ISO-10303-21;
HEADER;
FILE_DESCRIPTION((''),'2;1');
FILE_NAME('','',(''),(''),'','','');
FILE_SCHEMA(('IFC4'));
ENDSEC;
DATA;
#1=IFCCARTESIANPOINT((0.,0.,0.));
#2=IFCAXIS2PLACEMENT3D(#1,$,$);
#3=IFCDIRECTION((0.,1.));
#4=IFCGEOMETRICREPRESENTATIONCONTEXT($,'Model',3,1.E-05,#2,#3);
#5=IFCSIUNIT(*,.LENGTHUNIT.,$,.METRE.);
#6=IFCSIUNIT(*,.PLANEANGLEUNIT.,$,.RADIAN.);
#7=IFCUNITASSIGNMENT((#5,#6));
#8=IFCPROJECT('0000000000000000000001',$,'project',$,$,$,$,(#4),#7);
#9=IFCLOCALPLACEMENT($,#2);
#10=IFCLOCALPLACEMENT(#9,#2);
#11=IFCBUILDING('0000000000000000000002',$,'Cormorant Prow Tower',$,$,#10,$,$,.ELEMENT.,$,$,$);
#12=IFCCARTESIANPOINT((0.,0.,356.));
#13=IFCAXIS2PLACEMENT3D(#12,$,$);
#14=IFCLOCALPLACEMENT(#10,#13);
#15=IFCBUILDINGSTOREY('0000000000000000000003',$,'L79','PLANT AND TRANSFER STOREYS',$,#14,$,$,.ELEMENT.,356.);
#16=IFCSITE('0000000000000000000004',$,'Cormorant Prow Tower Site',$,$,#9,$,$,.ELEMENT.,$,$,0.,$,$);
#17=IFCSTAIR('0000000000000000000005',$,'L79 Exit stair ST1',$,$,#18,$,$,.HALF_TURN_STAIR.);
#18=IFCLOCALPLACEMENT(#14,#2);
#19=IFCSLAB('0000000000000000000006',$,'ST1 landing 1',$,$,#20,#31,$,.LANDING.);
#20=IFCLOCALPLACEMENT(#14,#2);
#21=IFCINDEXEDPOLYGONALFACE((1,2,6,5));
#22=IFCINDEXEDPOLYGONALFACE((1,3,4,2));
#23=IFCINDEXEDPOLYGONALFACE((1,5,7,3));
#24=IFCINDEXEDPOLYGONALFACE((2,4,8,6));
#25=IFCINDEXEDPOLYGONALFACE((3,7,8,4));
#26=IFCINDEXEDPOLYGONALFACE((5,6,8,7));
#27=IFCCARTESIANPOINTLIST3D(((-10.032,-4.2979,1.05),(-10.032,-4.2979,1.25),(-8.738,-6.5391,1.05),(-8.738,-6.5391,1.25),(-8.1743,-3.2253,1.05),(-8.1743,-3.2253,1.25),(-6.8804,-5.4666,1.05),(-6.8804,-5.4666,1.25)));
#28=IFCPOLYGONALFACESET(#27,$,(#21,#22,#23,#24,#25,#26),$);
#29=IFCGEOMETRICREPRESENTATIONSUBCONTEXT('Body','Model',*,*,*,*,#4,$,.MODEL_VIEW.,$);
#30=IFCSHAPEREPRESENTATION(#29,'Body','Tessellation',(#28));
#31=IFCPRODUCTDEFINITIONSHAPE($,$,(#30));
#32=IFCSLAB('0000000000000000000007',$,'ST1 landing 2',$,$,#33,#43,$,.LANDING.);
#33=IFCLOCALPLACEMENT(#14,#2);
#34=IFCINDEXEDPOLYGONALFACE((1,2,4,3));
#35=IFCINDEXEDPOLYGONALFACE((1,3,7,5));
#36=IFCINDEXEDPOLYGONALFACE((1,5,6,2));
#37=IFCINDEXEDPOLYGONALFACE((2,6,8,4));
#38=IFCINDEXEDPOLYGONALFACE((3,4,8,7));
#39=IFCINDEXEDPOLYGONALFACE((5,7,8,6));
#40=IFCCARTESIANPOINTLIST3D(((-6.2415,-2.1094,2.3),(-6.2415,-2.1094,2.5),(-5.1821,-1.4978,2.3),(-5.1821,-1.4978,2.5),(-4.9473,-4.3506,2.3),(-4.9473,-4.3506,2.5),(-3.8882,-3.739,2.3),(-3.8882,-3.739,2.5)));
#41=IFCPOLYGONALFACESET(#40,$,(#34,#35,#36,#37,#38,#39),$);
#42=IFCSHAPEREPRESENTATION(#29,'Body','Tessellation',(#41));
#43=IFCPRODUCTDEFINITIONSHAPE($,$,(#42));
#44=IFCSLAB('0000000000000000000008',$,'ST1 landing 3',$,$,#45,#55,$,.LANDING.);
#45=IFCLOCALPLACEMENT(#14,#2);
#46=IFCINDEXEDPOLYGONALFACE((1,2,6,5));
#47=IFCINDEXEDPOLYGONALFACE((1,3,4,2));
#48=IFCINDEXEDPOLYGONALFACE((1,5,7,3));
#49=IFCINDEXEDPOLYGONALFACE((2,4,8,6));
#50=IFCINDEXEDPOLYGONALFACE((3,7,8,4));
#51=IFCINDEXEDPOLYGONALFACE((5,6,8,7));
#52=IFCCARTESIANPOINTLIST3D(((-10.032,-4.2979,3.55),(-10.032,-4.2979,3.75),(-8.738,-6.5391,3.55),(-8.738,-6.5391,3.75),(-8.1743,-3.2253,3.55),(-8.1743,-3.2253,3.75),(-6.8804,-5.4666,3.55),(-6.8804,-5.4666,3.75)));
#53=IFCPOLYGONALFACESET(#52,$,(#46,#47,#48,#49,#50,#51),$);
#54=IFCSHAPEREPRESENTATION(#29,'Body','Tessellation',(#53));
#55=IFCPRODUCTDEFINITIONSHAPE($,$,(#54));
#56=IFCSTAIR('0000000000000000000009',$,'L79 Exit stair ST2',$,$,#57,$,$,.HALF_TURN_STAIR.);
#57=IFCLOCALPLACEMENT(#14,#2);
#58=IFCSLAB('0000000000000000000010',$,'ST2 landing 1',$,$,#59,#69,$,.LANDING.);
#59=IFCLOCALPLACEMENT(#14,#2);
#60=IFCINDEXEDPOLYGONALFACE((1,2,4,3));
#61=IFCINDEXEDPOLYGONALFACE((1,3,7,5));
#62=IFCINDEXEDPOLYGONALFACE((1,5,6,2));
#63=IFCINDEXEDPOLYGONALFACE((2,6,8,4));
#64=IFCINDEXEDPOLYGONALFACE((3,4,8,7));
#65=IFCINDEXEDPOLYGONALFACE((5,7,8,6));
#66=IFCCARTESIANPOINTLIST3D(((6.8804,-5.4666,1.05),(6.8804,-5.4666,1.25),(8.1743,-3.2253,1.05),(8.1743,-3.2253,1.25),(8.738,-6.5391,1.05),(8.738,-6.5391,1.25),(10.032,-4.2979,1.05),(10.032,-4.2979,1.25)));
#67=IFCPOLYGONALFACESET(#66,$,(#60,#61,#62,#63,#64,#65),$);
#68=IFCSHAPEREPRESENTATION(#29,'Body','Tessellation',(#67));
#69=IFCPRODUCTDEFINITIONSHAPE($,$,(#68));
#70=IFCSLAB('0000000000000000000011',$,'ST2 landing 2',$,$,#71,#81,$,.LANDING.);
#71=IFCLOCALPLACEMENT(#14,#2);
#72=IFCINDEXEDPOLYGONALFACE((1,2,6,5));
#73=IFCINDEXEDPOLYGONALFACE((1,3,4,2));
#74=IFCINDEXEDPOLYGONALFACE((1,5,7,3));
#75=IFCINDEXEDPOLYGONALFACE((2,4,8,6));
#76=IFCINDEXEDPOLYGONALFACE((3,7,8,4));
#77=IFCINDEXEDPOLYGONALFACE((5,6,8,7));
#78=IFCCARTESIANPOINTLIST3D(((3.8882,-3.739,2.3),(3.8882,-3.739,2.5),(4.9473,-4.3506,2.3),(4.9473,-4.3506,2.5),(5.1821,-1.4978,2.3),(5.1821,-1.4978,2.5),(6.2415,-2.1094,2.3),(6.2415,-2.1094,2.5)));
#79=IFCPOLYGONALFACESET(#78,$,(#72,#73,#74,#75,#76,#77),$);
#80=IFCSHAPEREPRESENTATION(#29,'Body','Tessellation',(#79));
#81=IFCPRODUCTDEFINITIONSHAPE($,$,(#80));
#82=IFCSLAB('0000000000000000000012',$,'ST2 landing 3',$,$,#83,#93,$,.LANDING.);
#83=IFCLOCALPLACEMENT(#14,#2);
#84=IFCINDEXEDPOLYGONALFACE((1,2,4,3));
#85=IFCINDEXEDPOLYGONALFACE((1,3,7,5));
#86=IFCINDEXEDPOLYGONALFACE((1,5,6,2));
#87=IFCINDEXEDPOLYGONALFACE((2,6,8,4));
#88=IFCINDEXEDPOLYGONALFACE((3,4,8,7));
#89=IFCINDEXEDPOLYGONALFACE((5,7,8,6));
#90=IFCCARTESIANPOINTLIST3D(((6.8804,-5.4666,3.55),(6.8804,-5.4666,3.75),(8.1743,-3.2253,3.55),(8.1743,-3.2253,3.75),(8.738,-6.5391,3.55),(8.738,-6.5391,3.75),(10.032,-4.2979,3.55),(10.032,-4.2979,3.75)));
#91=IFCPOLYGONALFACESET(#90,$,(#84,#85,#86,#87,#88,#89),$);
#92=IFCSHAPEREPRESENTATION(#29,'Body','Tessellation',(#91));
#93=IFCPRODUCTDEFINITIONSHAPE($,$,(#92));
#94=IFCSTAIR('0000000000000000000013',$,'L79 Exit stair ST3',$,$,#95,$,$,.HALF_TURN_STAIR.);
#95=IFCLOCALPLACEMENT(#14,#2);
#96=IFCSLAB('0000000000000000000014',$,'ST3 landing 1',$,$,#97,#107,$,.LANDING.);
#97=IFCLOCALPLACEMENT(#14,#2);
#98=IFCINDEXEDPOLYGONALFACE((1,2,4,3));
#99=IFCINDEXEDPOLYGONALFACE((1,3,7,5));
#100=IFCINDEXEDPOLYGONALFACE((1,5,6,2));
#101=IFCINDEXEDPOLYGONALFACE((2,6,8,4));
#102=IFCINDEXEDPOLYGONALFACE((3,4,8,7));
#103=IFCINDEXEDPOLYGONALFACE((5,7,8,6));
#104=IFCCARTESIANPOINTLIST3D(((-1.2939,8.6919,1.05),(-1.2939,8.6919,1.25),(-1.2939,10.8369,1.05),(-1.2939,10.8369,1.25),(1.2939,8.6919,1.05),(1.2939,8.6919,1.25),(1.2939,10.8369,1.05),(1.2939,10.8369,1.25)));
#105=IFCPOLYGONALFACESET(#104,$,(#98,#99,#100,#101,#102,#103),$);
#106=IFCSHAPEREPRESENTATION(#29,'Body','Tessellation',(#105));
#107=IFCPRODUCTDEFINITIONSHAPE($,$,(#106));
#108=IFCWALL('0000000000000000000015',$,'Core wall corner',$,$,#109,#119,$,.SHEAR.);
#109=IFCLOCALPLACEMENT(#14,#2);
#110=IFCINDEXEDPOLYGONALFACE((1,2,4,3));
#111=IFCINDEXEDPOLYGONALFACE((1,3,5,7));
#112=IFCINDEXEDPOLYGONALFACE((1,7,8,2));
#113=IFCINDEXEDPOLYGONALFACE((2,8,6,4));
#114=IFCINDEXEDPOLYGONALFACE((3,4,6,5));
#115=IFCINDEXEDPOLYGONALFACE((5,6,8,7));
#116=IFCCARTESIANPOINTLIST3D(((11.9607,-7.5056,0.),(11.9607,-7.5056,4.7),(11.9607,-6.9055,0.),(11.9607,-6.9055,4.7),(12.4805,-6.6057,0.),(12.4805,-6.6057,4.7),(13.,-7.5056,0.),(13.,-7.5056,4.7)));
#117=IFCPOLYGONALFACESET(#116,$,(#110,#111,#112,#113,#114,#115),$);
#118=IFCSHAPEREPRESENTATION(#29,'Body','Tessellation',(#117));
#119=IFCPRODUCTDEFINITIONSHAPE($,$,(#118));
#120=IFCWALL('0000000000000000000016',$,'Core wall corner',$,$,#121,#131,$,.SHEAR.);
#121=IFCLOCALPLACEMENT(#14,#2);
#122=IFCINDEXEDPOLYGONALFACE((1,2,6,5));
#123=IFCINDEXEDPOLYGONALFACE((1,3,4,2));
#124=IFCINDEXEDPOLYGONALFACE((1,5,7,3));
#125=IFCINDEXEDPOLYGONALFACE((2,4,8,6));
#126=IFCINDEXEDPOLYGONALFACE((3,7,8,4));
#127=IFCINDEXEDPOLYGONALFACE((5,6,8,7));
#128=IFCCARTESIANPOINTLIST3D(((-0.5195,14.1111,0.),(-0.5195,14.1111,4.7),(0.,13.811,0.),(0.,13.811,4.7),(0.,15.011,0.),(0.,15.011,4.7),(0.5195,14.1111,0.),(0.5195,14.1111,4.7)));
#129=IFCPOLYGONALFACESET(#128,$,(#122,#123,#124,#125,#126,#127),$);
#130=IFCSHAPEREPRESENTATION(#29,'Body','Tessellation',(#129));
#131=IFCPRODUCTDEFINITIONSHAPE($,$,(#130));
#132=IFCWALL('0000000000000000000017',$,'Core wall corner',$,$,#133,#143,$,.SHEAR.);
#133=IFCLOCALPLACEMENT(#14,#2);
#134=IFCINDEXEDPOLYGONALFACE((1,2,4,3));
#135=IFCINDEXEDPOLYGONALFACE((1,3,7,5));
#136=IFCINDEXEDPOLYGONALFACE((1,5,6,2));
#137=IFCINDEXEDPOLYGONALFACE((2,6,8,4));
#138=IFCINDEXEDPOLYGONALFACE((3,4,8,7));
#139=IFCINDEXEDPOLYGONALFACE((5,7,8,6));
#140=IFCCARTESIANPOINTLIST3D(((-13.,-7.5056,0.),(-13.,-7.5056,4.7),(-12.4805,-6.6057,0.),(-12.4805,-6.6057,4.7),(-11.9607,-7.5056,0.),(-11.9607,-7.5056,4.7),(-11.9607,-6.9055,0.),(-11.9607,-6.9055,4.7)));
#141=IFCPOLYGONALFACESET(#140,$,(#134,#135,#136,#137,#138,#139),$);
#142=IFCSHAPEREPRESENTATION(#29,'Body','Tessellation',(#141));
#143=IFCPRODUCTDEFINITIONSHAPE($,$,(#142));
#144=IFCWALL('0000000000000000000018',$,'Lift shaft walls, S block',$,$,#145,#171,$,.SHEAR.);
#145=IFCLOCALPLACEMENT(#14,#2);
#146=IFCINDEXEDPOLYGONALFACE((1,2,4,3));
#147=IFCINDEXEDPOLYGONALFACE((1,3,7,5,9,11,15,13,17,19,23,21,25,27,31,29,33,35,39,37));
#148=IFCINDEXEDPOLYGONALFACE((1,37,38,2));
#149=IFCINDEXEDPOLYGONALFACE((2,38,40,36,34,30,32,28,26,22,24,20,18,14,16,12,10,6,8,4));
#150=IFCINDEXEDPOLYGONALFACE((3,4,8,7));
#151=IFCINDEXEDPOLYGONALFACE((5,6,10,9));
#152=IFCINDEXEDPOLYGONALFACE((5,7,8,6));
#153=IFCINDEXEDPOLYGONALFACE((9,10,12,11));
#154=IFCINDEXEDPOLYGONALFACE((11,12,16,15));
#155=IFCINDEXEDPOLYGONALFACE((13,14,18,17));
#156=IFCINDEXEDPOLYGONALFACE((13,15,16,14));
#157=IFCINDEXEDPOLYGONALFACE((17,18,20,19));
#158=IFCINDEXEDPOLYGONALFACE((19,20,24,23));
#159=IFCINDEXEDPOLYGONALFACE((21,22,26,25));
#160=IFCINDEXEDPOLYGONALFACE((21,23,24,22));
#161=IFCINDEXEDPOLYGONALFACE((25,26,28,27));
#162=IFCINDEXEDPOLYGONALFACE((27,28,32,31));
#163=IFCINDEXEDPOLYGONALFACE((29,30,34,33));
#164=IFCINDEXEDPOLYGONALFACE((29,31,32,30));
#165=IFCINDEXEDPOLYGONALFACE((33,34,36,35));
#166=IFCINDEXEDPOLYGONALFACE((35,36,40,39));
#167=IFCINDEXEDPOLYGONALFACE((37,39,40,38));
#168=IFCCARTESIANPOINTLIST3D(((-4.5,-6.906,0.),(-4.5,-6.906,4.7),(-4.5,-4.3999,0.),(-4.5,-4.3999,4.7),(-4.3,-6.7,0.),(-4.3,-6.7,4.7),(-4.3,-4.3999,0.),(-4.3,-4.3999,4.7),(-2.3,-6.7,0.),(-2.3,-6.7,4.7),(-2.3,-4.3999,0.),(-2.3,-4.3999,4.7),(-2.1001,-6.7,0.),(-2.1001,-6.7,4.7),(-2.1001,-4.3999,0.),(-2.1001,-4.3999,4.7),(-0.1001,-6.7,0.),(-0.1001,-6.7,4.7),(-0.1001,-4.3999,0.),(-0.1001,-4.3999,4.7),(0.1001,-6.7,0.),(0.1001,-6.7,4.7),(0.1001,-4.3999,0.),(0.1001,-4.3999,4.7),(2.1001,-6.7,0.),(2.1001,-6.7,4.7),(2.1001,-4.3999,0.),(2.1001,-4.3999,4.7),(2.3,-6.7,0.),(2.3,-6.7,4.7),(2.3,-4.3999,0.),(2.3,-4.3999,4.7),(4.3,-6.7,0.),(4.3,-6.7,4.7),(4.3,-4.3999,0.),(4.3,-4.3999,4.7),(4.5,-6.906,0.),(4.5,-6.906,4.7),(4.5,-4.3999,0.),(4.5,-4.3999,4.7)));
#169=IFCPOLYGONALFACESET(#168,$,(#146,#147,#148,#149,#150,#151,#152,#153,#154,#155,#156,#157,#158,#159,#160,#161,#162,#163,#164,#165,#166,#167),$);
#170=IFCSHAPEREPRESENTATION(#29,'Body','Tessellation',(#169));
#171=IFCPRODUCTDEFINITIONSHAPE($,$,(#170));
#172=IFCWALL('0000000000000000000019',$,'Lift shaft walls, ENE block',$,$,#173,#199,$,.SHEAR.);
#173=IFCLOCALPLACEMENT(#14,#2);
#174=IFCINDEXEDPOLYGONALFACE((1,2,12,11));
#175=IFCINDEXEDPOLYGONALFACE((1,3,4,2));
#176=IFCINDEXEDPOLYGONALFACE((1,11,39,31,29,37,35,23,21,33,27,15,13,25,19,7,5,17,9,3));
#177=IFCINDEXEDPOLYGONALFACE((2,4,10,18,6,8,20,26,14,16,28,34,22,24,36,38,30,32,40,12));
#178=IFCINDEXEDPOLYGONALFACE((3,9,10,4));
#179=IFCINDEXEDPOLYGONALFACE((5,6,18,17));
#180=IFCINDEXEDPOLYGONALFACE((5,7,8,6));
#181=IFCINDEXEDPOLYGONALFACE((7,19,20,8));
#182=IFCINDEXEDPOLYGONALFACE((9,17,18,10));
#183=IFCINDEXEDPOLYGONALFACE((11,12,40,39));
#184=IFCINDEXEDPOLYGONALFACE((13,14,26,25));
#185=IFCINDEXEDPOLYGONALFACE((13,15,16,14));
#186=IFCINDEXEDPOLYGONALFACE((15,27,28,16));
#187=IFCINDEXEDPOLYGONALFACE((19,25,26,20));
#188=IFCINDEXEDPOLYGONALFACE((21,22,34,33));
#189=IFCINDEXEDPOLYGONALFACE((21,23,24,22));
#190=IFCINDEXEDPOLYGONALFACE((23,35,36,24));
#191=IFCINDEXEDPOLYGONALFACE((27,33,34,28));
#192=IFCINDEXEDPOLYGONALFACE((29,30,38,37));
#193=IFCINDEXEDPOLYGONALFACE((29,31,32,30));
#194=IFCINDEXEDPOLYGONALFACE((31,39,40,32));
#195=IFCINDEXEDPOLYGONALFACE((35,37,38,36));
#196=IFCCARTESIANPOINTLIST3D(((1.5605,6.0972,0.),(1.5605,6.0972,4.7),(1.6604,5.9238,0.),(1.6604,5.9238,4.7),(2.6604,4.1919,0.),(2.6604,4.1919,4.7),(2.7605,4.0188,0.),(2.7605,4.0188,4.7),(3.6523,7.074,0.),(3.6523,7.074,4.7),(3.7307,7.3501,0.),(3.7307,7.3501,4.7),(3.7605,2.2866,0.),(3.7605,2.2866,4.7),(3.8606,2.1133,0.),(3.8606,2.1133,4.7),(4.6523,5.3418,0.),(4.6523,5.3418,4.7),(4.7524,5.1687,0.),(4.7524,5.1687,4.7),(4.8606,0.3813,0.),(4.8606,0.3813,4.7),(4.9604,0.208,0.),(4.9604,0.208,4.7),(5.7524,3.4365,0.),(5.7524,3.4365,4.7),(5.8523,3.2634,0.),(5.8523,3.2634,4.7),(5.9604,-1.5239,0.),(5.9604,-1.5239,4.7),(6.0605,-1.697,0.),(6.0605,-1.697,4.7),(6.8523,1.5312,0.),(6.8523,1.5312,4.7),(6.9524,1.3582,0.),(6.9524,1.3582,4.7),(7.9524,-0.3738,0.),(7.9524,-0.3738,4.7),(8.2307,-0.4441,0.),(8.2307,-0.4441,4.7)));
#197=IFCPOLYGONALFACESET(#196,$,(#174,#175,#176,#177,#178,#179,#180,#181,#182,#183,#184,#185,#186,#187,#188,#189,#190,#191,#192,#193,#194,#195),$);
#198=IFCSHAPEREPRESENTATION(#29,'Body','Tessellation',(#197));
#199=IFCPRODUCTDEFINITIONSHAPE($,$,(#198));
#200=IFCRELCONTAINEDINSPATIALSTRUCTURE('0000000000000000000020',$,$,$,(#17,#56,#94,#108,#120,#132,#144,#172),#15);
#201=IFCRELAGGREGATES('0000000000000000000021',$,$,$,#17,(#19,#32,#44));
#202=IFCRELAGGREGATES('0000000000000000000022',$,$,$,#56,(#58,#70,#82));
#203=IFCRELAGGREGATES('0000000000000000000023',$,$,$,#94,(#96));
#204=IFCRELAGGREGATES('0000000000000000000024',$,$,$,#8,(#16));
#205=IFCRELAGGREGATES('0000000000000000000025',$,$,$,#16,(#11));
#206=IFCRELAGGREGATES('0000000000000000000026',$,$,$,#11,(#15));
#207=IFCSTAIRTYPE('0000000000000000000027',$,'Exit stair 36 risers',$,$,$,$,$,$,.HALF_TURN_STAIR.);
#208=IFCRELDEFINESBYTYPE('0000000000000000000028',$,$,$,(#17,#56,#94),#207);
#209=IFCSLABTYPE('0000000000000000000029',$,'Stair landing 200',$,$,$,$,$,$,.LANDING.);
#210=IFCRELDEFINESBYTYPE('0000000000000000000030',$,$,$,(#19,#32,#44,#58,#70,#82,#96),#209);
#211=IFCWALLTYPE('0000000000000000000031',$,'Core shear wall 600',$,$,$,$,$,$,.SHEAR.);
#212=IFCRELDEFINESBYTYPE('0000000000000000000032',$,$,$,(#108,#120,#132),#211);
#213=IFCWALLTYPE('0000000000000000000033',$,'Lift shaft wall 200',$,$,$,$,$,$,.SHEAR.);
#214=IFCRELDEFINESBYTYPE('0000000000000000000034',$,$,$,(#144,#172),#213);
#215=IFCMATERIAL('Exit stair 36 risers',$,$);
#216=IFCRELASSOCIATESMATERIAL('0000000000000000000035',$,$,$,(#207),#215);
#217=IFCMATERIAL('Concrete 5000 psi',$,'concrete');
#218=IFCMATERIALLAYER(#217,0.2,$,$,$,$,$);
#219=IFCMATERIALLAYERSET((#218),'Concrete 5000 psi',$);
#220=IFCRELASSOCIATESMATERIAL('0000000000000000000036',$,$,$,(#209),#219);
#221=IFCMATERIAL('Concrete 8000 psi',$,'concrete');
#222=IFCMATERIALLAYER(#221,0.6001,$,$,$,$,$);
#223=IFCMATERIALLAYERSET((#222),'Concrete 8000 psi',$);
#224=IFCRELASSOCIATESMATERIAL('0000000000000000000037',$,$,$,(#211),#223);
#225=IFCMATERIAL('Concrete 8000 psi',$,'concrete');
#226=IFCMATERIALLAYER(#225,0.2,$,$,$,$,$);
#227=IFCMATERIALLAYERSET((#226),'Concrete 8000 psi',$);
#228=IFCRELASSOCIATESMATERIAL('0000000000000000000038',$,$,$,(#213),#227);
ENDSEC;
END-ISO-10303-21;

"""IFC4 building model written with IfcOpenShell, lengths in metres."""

from ifc_helpers import new_model, si_unit, direction, frame, origin, place, context, subcontext, project, spatial, polyline, outline, extrude, material, layer, layer_set, type_object, element, aggregate, save


model = new_model("IFC4")

# Units and contexts
model_context = context("Model", 3, precision=1e-05, world=origin(), true_north=direction((0.0, 1.0)))
body_context = subcontext(model_context, "Body", "Model", "MODEL_VIEW")
ifc_project = project(units=[si_unit("LENGTHUNIT", "METRE"), si_unit("PLANEANGLEUNIT", "RADIAN")], contexts=[model_context])

# Site, building, storey
site_placement = place(None, origin())
site = spatial("IfcSite", under=ifc_project, at=site_placement, Name="Cormorant Prow Tower Site", CompositionType="ELEMENT", RefElevation=0.0)
building_placement = place(site_placement, origin())
building = spatial("IfcBuilding", under=site, at=building_placement, Name="Cormorant Prow Tower", CompositionType="ELEMENT")
storey_placement = place(building_placement, frame((0.0, 0.0, 356.0)))
storey = spatial("IfcBuildingStorey", under=building, at=storey_placement, Name="L79", Description="PLANT AND TRANSFER STOREYS", CompositionType="ELEMENT", Elevation=356.0)

# Stairs, slabs
ifc_material_1 = material(Name="Exit stair 36 risers")
stair_type = type_object("IfcStairType", Name="Exit stair 36 risers", PredefinedType="HALF_TURN_STAIR", material=ifc_material_1)
stair_1_placement = place(storey_placement, origin())
stair_1 = element("IfcStair", 1, at=stair_1_placement, inside=storey, type_object=stair_type, Name="L79 Exit stair ST1", PredefinedType="HALF_TURN_STAIR")
ifc_material_2 = material(Name="Concrete 5000 psi", Category="concrete")
ifc_layer_1 = layer(ifc_material_2, 0.2)
ifc_layer_set_1 = layer_set([ifc_layer_1], Name="Concrete 5000 psi")
slab_type = type_object("IfcSlabType", Name="Stair landing 200", PredefinedType="LANDING", material=ifc_layer_set_1)
slab_1_placement = place(storey_placement, frame((0.0, 0.0, 1.05)))
slab_1 = element("IfcSlab", 2, at=slab_1_placement, type_object=slab_type, Name="ST1 landing 1", PredefinedType="LANDING", context=body_context, shape_type="SweptSolid", body=[
    extrude(outline(polyline([(-8.1743, -3.2253), (-10.032, -4.2979), (-8.738, -6.5391), (-6.8804, -5.4666), (-8.1743, -3.2253)])), origin(), (0.0, 0.0, 1.0), 0.2),
])
slab_2_placement = place(storey_placement, frame((0.0, 0.0, 2.3)))
slab_2 = element("IfcSlab", 3, at=slab_2_placement, type_object=slab_type, Name="ST1 landing 2", PredefinedType="LANDING", context=body_context, shape_type="SweptSolid", body=[
    extrude(outline(polyline([(-5.1821, -1.4978), (-6.2415, -2.1094), (-4.9473, -4.3506), (-3.8882, -3.739), (-5.1821, -1.4978)])), origin(), (0.0, 0.0, 1.0), 0.2),
])
slab_3_placement = place(storey_placement, frame((0.0, 0.0, 3.55)))
slab_3 = element("IfcSlab", 4, at=slab_3_placement, type_object=slab_type, Name="ST1 landing 3", PredefinedType="LANDING", context=body_context, shape_type="SweptSolid", body=[
    extrude(outline(polyline([(-8.1743, -3.2253), (-10.032, -4.2979), (-8.738, -6.5391), (-6.8804, -5.4666), (-8.1743, -3.2253)])), origin(), (0.0, 0.0, 1.0), 0.2),
])
aggregate(stair_1, [slab_1, slab_2, slab_3])
stair_2_placement = place(storey_placement, origin())
stair_2 = element("IfcStair", 5, at=stair_2_placement, inside=storey, type_object=stair_type, Name="L79 Exit stair ST2", PredefinedType="HALF_TURN_STAIR")
slab_4_placement = place(storey_placement, frame((0.0, 0.0, 1.05)))
slab_4 = element("IfcSlab", 6, at=slab_4_placement, type_object=slab_type, Name="ST2 landing 1", PredefinedType="LANDING", context=body_context, shape_type="SweptSolid", body=[
    extrude(outline(polyline([(6.8804, -5.4666), (8.738, -6.5391), (10.032, -4.2979), (8.1743, -3.2253), (6.8804, -5.4666)])), origin(), (0.0, 0.0, 1.0), 0.2),
])
slab_5_placement = place(storey_placement, frame((0.0, 0.0, 2.3)))
slab_5 = element("IfcSlab", 7, at=slab_5_placement, type_object=slab_type, Name="ST2 landing 2", PredefinedType="LANDING", context=body_context, shape_type="SweptSolid", body=[
    extrude(outline(polyline([(3.8882, -3.739), (4.9473, -4.3506), (6.2415, -2.1094), (5.1821, -1.4978), (3.8882, -3.739)])), origin(), (0.0, 0.0, 1.0), 0.2),
])
slab_6_placement = place(storey_placement, frame((0.0, 0.0, 3.55)))
slab_6 = element("IfcSlab", 8, at=slab_6_placement, type_object=slab_type, Name="ST2 landing 3", PredefinedType="LANDING", context=body_context, shape_type="SweptSolid", body=[
    extrude(outline(polyline([(6.8804, -5.4666), (8.738, -6.5391), (10.032, -4.2979), (8.1743, -3.2253), (6.8804, -5.4666)])), origin(), (0.0, 0.0, 1.0), 0.2),
])
aggregate(stair_2, [slab_4, slab_5, slab_6])

# Stair, slab
stair_3_placement = place(storey_placement, origin())
stair_3 = element("IfcStair", 9, at=stair_3_placement, inside=storey, type_object=stair_type, Name="L79 Exit stair ST3", PredefinedType="HALF_TURN_STAIR")
slab_7_placement = place(storey_placement, frame((0.0, 0.0, 1.05)))
slab_7 = element("IfcSlab", 10, at=slab_7_placement, type_object=slab_type, Name="ST3 landing 1", PredefinedType="LANDING", context=body_context, shape_type="SweptSolid", body=[
    extrude(outline(polyline([(1.2939, 8.6919), (1.2939, 10.8369), (-1.2939, 10.8369), (-1.2939, 8.6919), (1.2939, 8.6919)])), origin(), (0.0, 0.0, 1.0), 0.2),
])
aggregate(stair_3, [slab_7])

# Walls
ifc_material_3 = material(Name="Concrete 8000 psi", Category="concrete")
ifc_layer_2 = layer(ifc_material_3, 0.6001)
ifc_layer_set_2 = layer_set([ifc_layer_2], Name="Concrete 8000 psi")
wall_type_1 = type_object("IfcWallType", Name="Core shear wall 600", PredefinedType="SHEAR", material=ifc_layer_set_2)
wall_1_placement = place(storey_placement, origin())
element("IfcWall", 11, at=wall_1_placement, inside=storey, type_object=wall_type_1, Name="Core wall corner", PredefinedType="SHEAR", context=body_context, shape_type="SweptSolid", body=[
    extrude(outline(polyline([(11.9607, -7.5056), (11.9607, -6.9055), (12.4805, -6.6057), (13.0, -7.5056), (11.9607, -7.5056)])), origin(), (0.0, 0.0, 1.0), 4.7),
])
wall_2_placement = place(storey_placement, origin())
element("IfcWall", 12, at=wall_2_placement, inside=storey, type_object=wall_type_1, Name="Core wall corner", PredefinedType="SHEAR", context=body_context, shape_type="SweptSolid", body=[
    extrude(outline(polyline([(-0.5195, 14.1111), (0.0, 15.011), (0.5195, 14.1111), (0.0, 13.811), (-0.5195, 14.1111)])), origin(), (0.0, 0.0, 1.0), 4.7),
])
wall_3_placement = place(storey_placement, origin())
element("IfcWall", 13, at=wall_3_placement, inside=storey, type_object=wall_type_1, Name="Core wall corner", PredefinedType="SHEAR", context=body_context, shape_type="SweptSolid", body=[
    extrude(outline(polyline([(-12.4805, -6.6057), (-11.9607, -6.9055), (-11.9607, -7.5056), (-13.0, -7.5056), (-12.4805, -6.6057)])), origin(), (0.0, 0.0, 1.0), 4.7),
])
ifc_material_4 = material(Name="Concrete 8000 psi", Category="concrete")
ifc_layer_3 = layer(ifc_material_4, 0.2)
ifc_layer_set_3 = layer_set([ifc_layer_3], Name="Concrete 8000 psi")
wall_type_2 = type_object("IfcWallType", Name="Lift shaft wall 200", PredefinedType="SHEAR", material=ifc_layer_set_3)
wall_4_placement = place(storey_placement, origin())
element("IfcWall", 14, at=wall_4_placement, inside=storey, type_object=wall_type_2, Name="Lift shaft walls, S block", PredefinedType="SHEAR", context=body_context, shape_type="SweptSolid", body=[
    extrude(outline(polyline([(4.5, -4.3999), (4.5, -6.906), (-4.5, -6.906), (-4.5, -4.3999), (-4.3, -4.3999), (-4.3, -6.7), (-2.3, -6.7), (-2.3, -4.3999), (-2.1001, -4.3999), (-2.1001, -6.7), (-0.1001, -6.7), (-0.1001, -4.3999), (0.1001, -4.3999), (0.1001, -6.7), (2.1001, -6.7), (2.1001, -4.3999), (2.3, -4.3999), (2.3, -6.7), (4.3, -6.7), (4.3, -4.3999), (4.5, -4.3999)])), origin(), (0.0, 0.0, 1.0), 4.7),
])
wall_5_placement = place(storey_placement, origin())
element("IfcWall", 15, at=wall_5_placement, inside=storey, type_object=wall_type_2, Name="Lift shaft walls, ENE block", PredefinedType="SHEAR", context=body_context, shape_type="SweptSolid", body=[
    extrude(outline(polyline([(1.5605, 6.0972), (3.7307, 7.3501), (8.2307, -0.4441), (6.0605, -1.697), (5.9604, -1.5239), (7.9524, -0.3738), (6.9524, 1.3582), (4.9604, 0.208), (4.8606, 0.3813), (6.8523, 1.5312), (5.8523, 3.2634), (3.8606, 2.1133), (3.7605, 2.2866), (5.7524, 3.4365), (4.7524, 5.1687), (2.7605, 4.0188), (2.6604, 4.1919), (4.6523, 5.3418), (3.6523, 7.074), (1.6604, 5.9238), (1.5605, 6.0972)])), origin(), (0.0, 0.0, 1.0), 4.7),
])

save(model, "model.ifc")
